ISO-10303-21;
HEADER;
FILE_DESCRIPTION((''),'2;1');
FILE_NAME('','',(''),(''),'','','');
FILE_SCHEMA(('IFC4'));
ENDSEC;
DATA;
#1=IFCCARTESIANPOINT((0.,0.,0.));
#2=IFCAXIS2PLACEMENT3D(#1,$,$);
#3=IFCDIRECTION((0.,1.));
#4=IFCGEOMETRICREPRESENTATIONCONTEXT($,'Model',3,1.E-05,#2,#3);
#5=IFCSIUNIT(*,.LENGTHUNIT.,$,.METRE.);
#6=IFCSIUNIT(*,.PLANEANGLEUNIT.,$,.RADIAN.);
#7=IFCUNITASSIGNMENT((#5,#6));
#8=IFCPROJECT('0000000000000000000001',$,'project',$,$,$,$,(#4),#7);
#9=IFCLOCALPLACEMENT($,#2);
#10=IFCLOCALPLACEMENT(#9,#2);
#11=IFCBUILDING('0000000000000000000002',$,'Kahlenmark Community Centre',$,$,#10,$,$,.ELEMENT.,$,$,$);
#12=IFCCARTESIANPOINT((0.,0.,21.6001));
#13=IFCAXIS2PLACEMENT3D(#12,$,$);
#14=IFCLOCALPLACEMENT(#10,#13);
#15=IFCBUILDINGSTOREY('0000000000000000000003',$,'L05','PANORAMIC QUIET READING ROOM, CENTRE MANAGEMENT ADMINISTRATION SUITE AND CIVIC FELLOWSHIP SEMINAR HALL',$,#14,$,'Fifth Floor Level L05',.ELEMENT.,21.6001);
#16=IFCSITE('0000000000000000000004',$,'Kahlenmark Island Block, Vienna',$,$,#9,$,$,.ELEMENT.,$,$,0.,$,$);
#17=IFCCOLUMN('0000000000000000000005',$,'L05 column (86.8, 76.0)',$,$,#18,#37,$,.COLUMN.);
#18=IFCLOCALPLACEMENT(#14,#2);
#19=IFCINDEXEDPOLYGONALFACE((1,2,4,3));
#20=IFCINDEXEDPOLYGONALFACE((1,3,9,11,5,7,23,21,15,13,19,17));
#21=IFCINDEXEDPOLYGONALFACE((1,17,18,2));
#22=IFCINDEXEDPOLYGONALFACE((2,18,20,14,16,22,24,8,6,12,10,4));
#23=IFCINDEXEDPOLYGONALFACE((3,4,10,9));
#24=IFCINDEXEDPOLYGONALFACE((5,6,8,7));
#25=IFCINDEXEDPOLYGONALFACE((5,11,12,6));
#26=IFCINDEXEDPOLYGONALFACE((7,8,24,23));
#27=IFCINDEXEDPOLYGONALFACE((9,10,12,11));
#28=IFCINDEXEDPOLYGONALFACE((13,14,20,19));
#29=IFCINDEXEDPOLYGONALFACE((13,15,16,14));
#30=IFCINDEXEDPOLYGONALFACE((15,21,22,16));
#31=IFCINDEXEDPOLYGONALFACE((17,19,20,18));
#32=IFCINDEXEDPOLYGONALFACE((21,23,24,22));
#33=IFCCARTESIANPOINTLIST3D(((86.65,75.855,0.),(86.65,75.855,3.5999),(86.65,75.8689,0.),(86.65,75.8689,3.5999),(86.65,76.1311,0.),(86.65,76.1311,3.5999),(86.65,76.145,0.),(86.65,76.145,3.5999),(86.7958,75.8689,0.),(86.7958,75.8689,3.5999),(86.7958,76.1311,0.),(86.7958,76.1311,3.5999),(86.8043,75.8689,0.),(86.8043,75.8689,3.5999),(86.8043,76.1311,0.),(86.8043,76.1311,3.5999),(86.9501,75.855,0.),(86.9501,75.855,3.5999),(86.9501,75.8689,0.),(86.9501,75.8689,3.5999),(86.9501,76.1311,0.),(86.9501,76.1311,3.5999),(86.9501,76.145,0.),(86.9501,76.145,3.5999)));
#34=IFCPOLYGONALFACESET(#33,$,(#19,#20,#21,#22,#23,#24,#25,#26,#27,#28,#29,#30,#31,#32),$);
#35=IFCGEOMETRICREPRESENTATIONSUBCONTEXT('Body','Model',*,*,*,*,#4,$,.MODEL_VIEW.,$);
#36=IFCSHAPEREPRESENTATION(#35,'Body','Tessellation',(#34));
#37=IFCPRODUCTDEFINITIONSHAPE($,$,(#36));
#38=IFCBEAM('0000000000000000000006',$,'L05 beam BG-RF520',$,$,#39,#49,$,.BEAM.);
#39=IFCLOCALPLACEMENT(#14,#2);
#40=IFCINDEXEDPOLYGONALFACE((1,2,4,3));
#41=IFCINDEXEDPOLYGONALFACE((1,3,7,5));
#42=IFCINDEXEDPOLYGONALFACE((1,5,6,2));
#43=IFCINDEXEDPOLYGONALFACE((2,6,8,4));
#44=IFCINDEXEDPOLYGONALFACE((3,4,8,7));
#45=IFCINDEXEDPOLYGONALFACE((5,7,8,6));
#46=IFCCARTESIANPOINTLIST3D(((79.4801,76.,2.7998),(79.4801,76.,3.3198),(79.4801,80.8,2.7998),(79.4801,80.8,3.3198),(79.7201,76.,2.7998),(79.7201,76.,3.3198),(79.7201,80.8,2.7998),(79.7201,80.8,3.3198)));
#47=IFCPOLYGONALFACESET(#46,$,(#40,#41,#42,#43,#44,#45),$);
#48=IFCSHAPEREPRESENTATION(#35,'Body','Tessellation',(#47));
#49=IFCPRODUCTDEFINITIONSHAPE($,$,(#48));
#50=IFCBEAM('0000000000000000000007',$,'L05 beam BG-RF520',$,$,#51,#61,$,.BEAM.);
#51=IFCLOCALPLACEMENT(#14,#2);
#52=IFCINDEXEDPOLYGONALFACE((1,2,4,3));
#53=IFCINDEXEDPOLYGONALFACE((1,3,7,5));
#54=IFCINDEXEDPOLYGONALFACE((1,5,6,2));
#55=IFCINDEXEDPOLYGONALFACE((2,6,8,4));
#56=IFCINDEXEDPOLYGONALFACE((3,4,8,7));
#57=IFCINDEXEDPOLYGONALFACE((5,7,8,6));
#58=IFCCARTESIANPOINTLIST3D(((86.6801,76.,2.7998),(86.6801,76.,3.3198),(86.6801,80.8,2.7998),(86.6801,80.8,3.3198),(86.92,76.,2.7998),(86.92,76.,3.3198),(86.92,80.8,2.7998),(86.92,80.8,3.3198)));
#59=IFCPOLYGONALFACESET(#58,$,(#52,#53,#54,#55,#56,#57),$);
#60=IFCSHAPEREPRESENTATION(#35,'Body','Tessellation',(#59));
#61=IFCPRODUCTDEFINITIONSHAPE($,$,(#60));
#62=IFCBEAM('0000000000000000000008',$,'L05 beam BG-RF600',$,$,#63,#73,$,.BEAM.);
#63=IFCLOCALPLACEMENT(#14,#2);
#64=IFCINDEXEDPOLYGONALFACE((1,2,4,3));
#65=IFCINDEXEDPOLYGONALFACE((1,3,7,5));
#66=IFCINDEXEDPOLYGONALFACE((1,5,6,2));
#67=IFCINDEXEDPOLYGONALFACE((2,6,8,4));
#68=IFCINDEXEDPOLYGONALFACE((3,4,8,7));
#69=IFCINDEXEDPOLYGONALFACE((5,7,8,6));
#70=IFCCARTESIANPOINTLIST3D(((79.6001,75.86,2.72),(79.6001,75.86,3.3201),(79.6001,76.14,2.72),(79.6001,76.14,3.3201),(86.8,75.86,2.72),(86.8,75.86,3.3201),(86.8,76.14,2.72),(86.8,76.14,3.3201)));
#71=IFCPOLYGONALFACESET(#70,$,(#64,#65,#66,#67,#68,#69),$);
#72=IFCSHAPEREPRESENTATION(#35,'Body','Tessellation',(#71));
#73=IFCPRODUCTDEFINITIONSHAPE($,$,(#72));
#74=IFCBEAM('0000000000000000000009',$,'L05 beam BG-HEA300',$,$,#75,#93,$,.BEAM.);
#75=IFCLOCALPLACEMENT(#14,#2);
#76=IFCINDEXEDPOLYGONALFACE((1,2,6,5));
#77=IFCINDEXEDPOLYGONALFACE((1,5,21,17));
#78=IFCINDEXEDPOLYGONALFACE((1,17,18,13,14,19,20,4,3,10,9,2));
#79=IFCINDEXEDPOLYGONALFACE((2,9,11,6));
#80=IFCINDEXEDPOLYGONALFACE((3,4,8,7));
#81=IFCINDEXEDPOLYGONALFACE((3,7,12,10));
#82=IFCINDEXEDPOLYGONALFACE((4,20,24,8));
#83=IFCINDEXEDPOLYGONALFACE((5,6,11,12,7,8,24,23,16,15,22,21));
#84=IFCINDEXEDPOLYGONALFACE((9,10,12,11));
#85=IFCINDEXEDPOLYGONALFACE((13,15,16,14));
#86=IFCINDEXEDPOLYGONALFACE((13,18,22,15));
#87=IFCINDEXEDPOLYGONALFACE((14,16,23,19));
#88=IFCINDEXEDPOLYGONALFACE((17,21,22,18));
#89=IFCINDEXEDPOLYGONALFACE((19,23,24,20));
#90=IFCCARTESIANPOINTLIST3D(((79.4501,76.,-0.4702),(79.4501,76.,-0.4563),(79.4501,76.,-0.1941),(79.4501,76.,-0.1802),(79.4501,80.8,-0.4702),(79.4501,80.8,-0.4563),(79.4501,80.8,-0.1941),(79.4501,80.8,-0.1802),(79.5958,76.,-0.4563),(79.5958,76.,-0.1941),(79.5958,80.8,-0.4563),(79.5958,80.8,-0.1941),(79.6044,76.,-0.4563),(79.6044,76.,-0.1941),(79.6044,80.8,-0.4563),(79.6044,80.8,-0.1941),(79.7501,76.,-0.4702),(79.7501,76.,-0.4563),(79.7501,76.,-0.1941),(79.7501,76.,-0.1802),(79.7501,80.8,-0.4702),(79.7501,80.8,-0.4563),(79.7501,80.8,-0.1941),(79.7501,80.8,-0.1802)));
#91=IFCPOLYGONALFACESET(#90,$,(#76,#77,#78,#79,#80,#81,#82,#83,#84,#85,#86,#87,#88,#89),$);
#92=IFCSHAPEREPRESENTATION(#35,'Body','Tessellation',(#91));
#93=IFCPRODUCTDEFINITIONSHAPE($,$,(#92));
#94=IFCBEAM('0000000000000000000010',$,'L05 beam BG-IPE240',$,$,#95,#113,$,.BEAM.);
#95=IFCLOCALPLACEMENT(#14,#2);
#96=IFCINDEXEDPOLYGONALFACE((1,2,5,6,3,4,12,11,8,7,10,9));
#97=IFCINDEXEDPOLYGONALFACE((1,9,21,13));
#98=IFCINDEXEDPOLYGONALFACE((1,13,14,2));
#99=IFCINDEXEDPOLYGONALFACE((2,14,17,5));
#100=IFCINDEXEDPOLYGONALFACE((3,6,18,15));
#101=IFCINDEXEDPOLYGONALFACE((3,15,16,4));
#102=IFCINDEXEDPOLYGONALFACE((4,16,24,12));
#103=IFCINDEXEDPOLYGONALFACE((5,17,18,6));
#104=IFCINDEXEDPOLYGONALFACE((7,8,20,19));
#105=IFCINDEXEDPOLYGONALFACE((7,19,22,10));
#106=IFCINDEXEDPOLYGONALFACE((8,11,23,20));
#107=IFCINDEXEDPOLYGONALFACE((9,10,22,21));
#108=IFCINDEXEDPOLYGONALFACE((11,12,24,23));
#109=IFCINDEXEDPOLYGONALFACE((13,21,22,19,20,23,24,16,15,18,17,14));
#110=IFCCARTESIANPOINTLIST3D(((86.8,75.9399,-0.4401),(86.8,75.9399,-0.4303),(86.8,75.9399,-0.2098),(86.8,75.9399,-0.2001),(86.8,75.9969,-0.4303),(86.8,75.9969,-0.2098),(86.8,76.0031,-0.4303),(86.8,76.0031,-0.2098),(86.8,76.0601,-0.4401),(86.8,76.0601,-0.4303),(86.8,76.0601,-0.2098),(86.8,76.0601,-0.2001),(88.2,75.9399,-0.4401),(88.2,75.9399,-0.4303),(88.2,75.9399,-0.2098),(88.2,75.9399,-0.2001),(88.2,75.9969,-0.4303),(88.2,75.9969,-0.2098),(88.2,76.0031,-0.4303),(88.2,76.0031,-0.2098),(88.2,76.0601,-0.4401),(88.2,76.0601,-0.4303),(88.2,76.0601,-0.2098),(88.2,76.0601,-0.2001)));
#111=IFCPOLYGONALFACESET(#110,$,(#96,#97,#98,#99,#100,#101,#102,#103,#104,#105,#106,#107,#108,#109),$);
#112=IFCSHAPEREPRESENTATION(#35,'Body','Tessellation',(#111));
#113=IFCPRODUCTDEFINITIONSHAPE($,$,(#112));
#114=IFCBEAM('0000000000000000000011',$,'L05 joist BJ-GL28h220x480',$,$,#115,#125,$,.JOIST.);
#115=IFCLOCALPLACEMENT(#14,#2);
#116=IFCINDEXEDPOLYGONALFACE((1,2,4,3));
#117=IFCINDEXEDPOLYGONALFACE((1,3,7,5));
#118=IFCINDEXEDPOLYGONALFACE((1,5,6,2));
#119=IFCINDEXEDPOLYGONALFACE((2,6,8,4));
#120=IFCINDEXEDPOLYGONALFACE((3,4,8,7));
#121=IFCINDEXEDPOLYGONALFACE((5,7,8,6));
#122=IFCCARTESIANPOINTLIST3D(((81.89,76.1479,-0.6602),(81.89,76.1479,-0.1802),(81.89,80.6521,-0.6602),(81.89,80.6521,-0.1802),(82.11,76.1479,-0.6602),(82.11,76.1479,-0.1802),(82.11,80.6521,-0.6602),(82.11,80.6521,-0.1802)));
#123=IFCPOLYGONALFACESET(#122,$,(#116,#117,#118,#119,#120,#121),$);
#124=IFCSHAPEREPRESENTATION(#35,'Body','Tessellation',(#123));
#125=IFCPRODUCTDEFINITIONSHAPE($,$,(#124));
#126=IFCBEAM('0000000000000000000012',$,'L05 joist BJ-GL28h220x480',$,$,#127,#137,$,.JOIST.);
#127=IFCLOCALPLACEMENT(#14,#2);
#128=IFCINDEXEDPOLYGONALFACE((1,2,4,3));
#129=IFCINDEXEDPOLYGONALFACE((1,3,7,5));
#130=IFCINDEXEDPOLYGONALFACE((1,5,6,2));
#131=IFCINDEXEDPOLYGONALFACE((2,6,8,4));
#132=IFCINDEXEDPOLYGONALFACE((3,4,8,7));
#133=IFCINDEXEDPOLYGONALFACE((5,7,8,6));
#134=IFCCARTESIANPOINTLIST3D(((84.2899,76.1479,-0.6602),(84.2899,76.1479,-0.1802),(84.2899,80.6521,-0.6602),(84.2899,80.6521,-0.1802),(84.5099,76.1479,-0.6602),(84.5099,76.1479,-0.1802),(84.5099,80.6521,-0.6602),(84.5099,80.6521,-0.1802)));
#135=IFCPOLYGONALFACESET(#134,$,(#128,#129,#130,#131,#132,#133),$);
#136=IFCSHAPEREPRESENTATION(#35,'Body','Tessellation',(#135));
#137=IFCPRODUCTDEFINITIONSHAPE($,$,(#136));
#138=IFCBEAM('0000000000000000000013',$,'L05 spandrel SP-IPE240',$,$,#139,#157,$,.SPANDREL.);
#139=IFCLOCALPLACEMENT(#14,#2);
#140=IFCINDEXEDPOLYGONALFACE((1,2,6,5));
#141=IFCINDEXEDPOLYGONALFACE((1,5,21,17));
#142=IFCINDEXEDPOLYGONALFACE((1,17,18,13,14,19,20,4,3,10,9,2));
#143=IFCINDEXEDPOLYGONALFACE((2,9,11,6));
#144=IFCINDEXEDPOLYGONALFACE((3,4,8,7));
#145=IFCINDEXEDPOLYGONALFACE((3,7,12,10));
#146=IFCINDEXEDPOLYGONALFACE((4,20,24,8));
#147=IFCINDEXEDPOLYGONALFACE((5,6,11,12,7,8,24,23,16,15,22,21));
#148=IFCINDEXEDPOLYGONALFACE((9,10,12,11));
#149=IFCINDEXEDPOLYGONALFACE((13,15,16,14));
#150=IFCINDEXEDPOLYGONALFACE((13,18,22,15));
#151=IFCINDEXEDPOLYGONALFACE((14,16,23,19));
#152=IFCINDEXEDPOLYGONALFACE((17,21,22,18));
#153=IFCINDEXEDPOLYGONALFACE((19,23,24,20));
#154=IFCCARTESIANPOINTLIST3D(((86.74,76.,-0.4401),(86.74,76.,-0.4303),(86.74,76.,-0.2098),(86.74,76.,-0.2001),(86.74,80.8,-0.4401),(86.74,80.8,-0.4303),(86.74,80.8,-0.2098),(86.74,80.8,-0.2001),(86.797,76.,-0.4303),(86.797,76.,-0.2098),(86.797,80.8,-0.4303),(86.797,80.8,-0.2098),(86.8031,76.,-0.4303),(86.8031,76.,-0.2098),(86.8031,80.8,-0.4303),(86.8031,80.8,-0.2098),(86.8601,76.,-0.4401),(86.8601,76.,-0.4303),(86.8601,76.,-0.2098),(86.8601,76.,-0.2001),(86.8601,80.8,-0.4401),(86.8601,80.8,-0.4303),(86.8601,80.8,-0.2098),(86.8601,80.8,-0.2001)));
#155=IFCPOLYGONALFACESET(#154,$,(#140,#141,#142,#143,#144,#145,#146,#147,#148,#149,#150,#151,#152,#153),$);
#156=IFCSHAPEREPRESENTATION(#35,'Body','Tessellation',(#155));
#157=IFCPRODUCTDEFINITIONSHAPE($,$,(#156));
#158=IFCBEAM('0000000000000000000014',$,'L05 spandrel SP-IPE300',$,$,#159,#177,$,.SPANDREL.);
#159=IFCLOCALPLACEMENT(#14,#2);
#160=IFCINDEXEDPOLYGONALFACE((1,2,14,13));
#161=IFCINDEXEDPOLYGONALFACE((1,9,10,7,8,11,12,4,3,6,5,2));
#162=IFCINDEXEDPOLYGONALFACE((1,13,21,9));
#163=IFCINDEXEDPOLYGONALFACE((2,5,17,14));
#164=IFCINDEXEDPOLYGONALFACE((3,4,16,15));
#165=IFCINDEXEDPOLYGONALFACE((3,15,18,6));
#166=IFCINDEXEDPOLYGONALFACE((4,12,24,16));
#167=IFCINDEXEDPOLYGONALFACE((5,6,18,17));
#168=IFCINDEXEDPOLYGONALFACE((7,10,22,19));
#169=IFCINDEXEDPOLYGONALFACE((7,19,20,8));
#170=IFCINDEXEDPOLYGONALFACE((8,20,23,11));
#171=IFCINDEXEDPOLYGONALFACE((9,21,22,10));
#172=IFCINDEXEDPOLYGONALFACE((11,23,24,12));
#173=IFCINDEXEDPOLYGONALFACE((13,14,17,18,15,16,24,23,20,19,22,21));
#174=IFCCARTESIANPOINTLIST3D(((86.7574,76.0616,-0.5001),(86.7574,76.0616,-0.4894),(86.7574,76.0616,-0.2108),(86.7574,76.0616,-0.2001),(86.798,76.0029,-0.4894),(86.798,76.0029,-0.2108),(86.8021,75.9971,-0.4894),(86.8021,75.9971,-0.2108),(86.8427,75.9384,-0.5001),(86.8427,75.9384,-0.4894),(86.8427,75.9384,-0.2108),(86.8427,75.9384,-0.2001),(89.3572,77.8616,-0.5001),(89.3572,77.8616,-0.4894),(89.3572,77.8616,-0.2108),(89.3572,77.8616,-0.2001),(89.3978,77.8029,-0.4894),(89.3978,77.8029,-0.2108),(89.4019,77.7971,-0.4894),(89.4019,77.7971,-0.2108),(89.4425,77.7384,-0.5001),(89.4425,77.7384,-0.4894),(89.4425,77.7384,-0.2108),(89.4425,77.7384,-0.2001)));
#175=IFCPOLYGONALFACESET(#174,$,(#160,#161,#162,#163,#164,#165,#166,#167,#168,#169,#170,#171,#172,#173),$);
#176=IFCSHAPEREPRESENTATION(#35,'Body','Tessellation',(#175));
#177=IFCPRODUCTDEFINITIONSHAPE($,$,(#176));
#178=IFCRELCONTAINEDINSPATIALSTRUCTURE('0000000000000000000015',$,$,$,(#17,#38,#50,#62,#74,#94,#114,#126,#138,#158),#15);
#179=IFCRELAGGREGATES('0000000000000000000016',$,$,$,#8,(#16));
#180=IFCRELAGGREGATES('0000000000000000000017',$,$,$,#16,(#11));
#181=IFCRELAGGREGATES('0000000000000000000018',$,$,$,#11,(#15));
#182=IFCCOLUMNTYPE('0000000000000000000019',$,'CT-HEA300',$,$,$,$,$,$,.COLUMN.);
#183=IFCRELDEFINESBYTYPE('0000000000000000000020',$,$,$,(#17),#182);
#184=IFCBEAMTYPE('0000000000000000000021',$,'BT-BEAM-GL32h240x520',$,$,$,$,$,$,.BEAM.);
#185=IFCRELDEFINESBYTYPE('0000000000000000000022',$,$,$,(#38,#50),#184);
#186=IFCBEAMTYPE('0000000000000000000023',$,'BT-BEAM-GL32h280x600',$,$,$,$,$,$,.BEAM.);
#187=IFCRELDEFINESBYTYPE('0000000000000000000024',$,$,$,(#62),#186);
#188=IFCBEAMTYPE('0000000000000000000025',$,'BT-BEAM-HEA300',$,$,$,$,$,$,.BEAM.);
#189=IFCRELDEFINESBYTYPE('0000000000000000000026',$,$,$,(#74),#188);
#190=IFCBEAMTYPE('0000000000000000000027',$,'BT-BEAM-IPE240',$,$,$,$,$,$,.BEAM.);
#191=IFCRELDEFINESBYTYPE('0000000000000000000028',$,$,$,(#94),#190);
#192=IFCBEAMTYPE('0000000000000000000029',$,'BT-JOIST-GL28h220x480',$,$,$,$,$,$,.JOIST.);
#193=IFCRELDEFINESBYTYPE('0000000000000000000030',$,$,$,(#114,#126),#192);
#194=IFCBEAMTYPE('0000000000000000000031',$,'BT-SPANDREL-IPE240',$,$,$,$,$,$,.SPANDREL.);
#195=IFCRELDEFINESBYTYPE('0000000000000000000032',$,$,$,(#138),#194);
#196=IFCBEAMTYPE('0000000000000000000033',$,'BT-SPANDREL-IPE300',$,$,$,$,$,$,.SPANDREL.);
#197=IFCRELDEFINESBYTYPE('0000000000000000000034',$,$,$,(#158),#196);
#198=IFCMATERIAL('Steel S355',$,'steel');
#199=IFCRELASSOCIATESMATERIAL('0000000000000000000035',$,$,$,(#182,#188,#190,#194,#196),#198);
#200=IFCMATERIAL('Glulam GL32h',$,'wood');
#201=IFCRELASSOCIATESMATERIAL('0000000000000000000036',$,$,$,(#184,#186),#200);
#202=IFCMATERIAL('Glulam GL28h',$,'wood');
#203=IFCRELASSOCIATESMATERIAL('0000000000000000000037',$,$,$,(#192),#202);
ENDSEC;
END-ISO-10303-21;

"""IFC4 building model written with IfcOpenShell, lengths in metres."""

from ifc_helpers import new_model, si_unit, direction, frame, origin, origin_2d, place, context, subcontext, project, spatial, rectangle, i_section, extrude, material, material_profile, profile_set, type_object, element, save


model = new_model("IFC4")

# Units and contexts
model_context = context("Model", 3, precision=1e-05, world=origin(), true_north=direction((0.0, 1.0)))
body_context = subcontext(model_context, "Body", "Model", "MODEL_VIEW")
ifc_project = project(units=[si_unit("LENGTHUNIT", "METRE"), si_unit("PLANEANGLEUNIT", "RADIAN")], contexts=[model_context])

# Site, building, storey
site_placement = place(None, origin())
site = spatial("IfcSite", under=ifc_project, at=site_placement, Name="Kahlenmark Island Block, Vienna", CompositionType="ELEMENT", RefElevation=0.0)
building_placement = place(site_placement, origin())
building = spatial("IfcBuilding", under=site, at=building_placement, Name="Kahlenmark Community Centre", CompositionType="ELEMENT")
storey_placement = place(building_placement, frame((0.0, 0.0, 21.6001)))
storey = spatial("IfcBuildingStorey", under=building, at=storey_placement, Name="L05", Description="PANORAMIC QUIET READING ROOM, CENTRE MANAGEMENT ADMINISTRATION SUITE AND CIVIC FELLOWSHIP SEMINAR HALL", LongName="Fifth Floor Level L05", CompositionType="ELEMENT", Elevation=21.6001)

# Column
ifc_material_1 = material(Name="Steel S355", Category="steel")
ifc_material_profile_1 = material_profile(ifc_material_1, i_section(OverallWidth=0.3, OverallDepth=0.29, WebThickness=0.0085, FlangeThickness=0.0139, at=origin_2d()), Name="HEA 300")
ifc_profile_set_1 = profile_set([ifc_material_profile_1], Name="Steel S355")
column_type = type_object("IfcColumnType", Name="CT-HEA300", PredefinedType="COLUMN", material=ifc_profile_set_1)
column_placement = place(storey_placement, frame((86.8, 76.0, 0.0), z_axis=(0.0, 0.0, 1.0), x_axis=(1.0, 0.0, 0.0)))
element("IfcColumn", 1, at=column_placement, inside=storey, type_object=column_type, Name="L05 column (86.8, 76.0)", PredefinedType="COLUMN", context=body_context, shape_type="SweptSolid", body=[
    extrude(i_section(OverallWidth=0.3, OverallDepth=0.29, WebThickness=0.0085, FlangeThickness=0.0139, at=origin_2d()), origin(), (0.0, 0.0, 1.0), 3.5999),
])

# Beams
ifc_material_2 = material(Name="Glulam GL32h", Category="wood")
ifc_material_profile_2 = material_profile(ifc_material_2, rectangle(XDim=0.24, YDim=0.52, at=origin_2d()), Name="GL32h 240x520")
ifc_profile_set_2 = profile_set([ifc_material_profile_2], Name="Glulam GL32h")
beam_type_1 = type_object("IfcBeamType", Name="BT-BEAM-GL32h240x520", PredefinedType="BEAM", material=ifc_profile_set_2)
for number, where, z_axis, x_axis, name in (
    (2, (79.6001, 76.0, 3.0598), (0.0, 1.0, 0.0), (-1.0, 0.0, 0.0), "L05 beam BG-RF520"),
    (3, (86.8, 76.0, 3.0598), (0.0, 1.0, 0.0), (-1.0, 0.0, 0.0), "L05 beam BG-RF520"),
):
    element("IfcBeam", number, at=place(storey_placement, frame(where, z_axis=z_axis, x_axis=x_axis)), inside=storey, type_object=beam_type_1, Name=name, PredefinedType="BEAM", context=body_context, shape_type="SweptSolid", body=[
        extrude(rectangle(XDim=0.24, YDim=0.52, at=origin_2d()), origin(), (0.0, 0.0, 1.0), 4.8),
    ])
ifc_material_profile_3 = material_profile(ifc_material_2, rectangle(XDim=0.28, YDim=0.6001, at=origin_2d()), Name="GL32h 280x600")
ifc_profile_set_3 = profile_set([ifc_material_profile_3], Name="Glulam GL32h")
beam_type_2 = type_object("IfcBeamType", Name="BT-BEAM-GL32h280x600", PredefinedType="BEAM", material=ifc_profile_set_3)
beam_1_placement = place(storey_placement, frame((79.6001, 76.0, 3.02), z_axis=(1.0, 0.0, 0.0), x_axis=(0.0, 1.0, 0.0)))
element("IfcBeam", 4, at=beam_1_placement, inside=storey, type_object=beam_type_2, Name="L05 beam BG-RF600", PredefinedType="BEAM", context=body_context, shape_type="SweptSolid", body=[
    extrude(rectangle(XDim=0.28, YDim=0.6001, at=origin_2d()), origin(), (0.0, 0.0, 1.0), 7.2),
])
ifc_material_profile_4 = material_profile(ifc_material_1, i_section(OverallWidth=0.3, OverallDepth=0.29, WebThickness=0.0085, FlangeThickness=0.0139, at=origin_2d()), Name="HEA 300")
ifc_profile_set_4 = profile_set([ifc_material_profile_4], Name="Steel S355")
beam_type_3 = type_object("IfcBeamType", Name="BT-BEAM-HEA300", PredefinedType="BEAM", material=ifc_profile_set_4)
beam_2_placement = place(storey_placement, frame((79.6001, 76.0, -0.3252), z_axis=(0.0, 1.0, 0.0), x_axis=(-1.0, 0.0, 0.0)))
element("IfcBeam", 5, at=beam_2_placement, inside=storey, type_object=beam_type_3, Name="L05 beam BG-HEA300", PredefinedType="BEAM", context=body_context, shape_type="SweptSolid", body=[
    extrude(i_section(OverallWidth=0.3, OverallDepth=0.29, WebThickness=0.0085, FlangeThickness=0.0139, at=origin_2d()), origin(), (0.0, 0.0, 1.0), 4.8),
])
ifc_material_profile_5 = material_profile(ifc_material_1, i_section(OverallWidth=0.1201, OverallDepth=0.24, WebThickness=0.0061, FlangeThickness=0.0098, at=origin_2d()), Name="IPE 240")
ifc_profile_set_5 = profile_set([ifc_material_profile_5], Name="Steel S355")
beam_type_4 = type_object("IfcBeamType", Name="BT-BEAM-IPE240", PredefinedType="BEAM", material=ifc_profile_set_5)
beam_3_placement = place(storey_placement, frame((86.8, 76.0, -0.3201), z_axis=(1.0, 0.0, 0.0), x_axis=(0.0, 1.0, 0.0)))
element("IfcBeam", 6, at=beam_3_placement, inside=storey, type_object=beam_type_4, Name="L05 beam BG-IPE240", PredefinedType="BEAM", context=body_context, shape_type="SweptSolid", body=[
    extrude(i_section(OverallWidth=0.1201, OverallDepth=0.24, WebThickness=0.0061, FlangeThickness=0.0098, at=origin_2d()), origin(), (0.0, 0.0, 1.0), 1.3999),
])
ifc_material_3 = material(Name="Glulam GL28h", Category="wood")
ifc_material_profile_6 = material_profile(ifc_material_3, rectangle(XDim=0.22, YDim=0.48, at=origin_2d()), Name="GL28h 220x480")
ifc_profile_set_6 = profile_set([ifc_material_profile_6], Name="Glulam GL28h")
beam_type_5 = type_object("IfcBeamType", Name="BT-JOIST-GL28h220x480", PredefinedType="JOIST", material=ifc_profile_set_6)
for number, where, z_axis, x_axis, name in (
    (7, (82.0, 76.1479, -0.4202), (0.0, 1.0, 0.0), (-1.0, 0.0, 0.0), "L05 joist BJ-GL28h220x480"),
    (8, (84.3999, 76.1479, -0.4202), (0.0, 1.0, 0.0), (-1.0, 0.0, 0.0), "L05 joist BJ-GL28h220x480"),
):
    element("IfcBeam", number, at=place(storey_placement, frame(where, z_axis=z_axis, x_axis=x_axis)), inside=storey, type_object=beam_type_5, Name=name, PredefinedType="JOIST", context=body_context, shape_type="SweptSolid", body=[
        extrude(rectangle(XDim=0.22, YDim=0.48, at=origin_2d()), origin(), (0.0, 0.0, 1.0), 4.5042),
    ])
ifc_material_profile_7 = material_profile(ifc_material_1, i_section(OverallWidth=0.1201, OverallDepth=0.24, WebThickness=0.0061, FlangeThickness=0.0098, at=origin_2d()), Name="IPE 240")
ifc_profile_set_7 = profile_set([ifc_material_profile_7], Name="Steel S355")
beam_type_6 = type_object("IfcBeamType", Name="BT-SPANDREL-IPE240", PredefinedType="SPANDREL", material=ifc_profile_set_7)
beam_4_placement = place(storey_placement, frame((86.8, 76.0, -0.3201), z_axis=(0.0, 1.0, 0.0), x_axis=(-1.0, 0.0, 0.0)))
element("IfcBeam", 9, at=beam_4_placement, inside=storey, type_object=beam_type_6, Name="L05 spandrel SP-IPE240", PredefinedType="SPANDREL", context=body_context, shape_type="SweptSolid", body=[
    extrude(i_section(OverallWidth=0.1201, OverallDepth=0.24, WebThickness=0.0061, FlangeThickness=0.0098, at=origin_2d()), origin(), (0.0, 0.0, 1.0), 4.8),
])
ifc_material_profile_8 = material_profile(ifc_material_1, i_section(OverallWidth=0.1499, OverallDepth=0.3, WebThickness=0.0071, FlangeThickness=0.0107, at=origin_2d()), Name="IPE 300")
ifc_profile_set_8 = profile_set([ifc_material_profile_8], Name="Steel S355")
beam_type_7 = type_object("IfcBeamType", Name="BT-SPANDREL-IPE300", PredefinedType="SPANDREL", material=ifc_profile_set_8)
for number, where, z_axis, x_axis, name in (
    (10, (86.8, 76.0, -0.3501), (0.82217, 0.569242, 0.0), (-0.569242, 0.82217, 0.0), "L05 spandrel SP-IPE300"),
):
    element("IfcBeam", number, at=place(storey_placement, frame(where, z_axis=z_axis, x_axis=x_axis)), inside=storey, type_object=beam_type_7, Name=name, PredefinedType="SPANDREL", context=body_context, shape_type="SweptSolid", body=[
        extrude(i_section(OverallWidth=0.1499, OverallDepth=0.3, WebThickness=0.0071, FlangeThickness=0.0107, at=origin_2d()), origin(), (0.0, 0.0, 1.0), 3.1621),
    ])

save(model, "model.ifc")
